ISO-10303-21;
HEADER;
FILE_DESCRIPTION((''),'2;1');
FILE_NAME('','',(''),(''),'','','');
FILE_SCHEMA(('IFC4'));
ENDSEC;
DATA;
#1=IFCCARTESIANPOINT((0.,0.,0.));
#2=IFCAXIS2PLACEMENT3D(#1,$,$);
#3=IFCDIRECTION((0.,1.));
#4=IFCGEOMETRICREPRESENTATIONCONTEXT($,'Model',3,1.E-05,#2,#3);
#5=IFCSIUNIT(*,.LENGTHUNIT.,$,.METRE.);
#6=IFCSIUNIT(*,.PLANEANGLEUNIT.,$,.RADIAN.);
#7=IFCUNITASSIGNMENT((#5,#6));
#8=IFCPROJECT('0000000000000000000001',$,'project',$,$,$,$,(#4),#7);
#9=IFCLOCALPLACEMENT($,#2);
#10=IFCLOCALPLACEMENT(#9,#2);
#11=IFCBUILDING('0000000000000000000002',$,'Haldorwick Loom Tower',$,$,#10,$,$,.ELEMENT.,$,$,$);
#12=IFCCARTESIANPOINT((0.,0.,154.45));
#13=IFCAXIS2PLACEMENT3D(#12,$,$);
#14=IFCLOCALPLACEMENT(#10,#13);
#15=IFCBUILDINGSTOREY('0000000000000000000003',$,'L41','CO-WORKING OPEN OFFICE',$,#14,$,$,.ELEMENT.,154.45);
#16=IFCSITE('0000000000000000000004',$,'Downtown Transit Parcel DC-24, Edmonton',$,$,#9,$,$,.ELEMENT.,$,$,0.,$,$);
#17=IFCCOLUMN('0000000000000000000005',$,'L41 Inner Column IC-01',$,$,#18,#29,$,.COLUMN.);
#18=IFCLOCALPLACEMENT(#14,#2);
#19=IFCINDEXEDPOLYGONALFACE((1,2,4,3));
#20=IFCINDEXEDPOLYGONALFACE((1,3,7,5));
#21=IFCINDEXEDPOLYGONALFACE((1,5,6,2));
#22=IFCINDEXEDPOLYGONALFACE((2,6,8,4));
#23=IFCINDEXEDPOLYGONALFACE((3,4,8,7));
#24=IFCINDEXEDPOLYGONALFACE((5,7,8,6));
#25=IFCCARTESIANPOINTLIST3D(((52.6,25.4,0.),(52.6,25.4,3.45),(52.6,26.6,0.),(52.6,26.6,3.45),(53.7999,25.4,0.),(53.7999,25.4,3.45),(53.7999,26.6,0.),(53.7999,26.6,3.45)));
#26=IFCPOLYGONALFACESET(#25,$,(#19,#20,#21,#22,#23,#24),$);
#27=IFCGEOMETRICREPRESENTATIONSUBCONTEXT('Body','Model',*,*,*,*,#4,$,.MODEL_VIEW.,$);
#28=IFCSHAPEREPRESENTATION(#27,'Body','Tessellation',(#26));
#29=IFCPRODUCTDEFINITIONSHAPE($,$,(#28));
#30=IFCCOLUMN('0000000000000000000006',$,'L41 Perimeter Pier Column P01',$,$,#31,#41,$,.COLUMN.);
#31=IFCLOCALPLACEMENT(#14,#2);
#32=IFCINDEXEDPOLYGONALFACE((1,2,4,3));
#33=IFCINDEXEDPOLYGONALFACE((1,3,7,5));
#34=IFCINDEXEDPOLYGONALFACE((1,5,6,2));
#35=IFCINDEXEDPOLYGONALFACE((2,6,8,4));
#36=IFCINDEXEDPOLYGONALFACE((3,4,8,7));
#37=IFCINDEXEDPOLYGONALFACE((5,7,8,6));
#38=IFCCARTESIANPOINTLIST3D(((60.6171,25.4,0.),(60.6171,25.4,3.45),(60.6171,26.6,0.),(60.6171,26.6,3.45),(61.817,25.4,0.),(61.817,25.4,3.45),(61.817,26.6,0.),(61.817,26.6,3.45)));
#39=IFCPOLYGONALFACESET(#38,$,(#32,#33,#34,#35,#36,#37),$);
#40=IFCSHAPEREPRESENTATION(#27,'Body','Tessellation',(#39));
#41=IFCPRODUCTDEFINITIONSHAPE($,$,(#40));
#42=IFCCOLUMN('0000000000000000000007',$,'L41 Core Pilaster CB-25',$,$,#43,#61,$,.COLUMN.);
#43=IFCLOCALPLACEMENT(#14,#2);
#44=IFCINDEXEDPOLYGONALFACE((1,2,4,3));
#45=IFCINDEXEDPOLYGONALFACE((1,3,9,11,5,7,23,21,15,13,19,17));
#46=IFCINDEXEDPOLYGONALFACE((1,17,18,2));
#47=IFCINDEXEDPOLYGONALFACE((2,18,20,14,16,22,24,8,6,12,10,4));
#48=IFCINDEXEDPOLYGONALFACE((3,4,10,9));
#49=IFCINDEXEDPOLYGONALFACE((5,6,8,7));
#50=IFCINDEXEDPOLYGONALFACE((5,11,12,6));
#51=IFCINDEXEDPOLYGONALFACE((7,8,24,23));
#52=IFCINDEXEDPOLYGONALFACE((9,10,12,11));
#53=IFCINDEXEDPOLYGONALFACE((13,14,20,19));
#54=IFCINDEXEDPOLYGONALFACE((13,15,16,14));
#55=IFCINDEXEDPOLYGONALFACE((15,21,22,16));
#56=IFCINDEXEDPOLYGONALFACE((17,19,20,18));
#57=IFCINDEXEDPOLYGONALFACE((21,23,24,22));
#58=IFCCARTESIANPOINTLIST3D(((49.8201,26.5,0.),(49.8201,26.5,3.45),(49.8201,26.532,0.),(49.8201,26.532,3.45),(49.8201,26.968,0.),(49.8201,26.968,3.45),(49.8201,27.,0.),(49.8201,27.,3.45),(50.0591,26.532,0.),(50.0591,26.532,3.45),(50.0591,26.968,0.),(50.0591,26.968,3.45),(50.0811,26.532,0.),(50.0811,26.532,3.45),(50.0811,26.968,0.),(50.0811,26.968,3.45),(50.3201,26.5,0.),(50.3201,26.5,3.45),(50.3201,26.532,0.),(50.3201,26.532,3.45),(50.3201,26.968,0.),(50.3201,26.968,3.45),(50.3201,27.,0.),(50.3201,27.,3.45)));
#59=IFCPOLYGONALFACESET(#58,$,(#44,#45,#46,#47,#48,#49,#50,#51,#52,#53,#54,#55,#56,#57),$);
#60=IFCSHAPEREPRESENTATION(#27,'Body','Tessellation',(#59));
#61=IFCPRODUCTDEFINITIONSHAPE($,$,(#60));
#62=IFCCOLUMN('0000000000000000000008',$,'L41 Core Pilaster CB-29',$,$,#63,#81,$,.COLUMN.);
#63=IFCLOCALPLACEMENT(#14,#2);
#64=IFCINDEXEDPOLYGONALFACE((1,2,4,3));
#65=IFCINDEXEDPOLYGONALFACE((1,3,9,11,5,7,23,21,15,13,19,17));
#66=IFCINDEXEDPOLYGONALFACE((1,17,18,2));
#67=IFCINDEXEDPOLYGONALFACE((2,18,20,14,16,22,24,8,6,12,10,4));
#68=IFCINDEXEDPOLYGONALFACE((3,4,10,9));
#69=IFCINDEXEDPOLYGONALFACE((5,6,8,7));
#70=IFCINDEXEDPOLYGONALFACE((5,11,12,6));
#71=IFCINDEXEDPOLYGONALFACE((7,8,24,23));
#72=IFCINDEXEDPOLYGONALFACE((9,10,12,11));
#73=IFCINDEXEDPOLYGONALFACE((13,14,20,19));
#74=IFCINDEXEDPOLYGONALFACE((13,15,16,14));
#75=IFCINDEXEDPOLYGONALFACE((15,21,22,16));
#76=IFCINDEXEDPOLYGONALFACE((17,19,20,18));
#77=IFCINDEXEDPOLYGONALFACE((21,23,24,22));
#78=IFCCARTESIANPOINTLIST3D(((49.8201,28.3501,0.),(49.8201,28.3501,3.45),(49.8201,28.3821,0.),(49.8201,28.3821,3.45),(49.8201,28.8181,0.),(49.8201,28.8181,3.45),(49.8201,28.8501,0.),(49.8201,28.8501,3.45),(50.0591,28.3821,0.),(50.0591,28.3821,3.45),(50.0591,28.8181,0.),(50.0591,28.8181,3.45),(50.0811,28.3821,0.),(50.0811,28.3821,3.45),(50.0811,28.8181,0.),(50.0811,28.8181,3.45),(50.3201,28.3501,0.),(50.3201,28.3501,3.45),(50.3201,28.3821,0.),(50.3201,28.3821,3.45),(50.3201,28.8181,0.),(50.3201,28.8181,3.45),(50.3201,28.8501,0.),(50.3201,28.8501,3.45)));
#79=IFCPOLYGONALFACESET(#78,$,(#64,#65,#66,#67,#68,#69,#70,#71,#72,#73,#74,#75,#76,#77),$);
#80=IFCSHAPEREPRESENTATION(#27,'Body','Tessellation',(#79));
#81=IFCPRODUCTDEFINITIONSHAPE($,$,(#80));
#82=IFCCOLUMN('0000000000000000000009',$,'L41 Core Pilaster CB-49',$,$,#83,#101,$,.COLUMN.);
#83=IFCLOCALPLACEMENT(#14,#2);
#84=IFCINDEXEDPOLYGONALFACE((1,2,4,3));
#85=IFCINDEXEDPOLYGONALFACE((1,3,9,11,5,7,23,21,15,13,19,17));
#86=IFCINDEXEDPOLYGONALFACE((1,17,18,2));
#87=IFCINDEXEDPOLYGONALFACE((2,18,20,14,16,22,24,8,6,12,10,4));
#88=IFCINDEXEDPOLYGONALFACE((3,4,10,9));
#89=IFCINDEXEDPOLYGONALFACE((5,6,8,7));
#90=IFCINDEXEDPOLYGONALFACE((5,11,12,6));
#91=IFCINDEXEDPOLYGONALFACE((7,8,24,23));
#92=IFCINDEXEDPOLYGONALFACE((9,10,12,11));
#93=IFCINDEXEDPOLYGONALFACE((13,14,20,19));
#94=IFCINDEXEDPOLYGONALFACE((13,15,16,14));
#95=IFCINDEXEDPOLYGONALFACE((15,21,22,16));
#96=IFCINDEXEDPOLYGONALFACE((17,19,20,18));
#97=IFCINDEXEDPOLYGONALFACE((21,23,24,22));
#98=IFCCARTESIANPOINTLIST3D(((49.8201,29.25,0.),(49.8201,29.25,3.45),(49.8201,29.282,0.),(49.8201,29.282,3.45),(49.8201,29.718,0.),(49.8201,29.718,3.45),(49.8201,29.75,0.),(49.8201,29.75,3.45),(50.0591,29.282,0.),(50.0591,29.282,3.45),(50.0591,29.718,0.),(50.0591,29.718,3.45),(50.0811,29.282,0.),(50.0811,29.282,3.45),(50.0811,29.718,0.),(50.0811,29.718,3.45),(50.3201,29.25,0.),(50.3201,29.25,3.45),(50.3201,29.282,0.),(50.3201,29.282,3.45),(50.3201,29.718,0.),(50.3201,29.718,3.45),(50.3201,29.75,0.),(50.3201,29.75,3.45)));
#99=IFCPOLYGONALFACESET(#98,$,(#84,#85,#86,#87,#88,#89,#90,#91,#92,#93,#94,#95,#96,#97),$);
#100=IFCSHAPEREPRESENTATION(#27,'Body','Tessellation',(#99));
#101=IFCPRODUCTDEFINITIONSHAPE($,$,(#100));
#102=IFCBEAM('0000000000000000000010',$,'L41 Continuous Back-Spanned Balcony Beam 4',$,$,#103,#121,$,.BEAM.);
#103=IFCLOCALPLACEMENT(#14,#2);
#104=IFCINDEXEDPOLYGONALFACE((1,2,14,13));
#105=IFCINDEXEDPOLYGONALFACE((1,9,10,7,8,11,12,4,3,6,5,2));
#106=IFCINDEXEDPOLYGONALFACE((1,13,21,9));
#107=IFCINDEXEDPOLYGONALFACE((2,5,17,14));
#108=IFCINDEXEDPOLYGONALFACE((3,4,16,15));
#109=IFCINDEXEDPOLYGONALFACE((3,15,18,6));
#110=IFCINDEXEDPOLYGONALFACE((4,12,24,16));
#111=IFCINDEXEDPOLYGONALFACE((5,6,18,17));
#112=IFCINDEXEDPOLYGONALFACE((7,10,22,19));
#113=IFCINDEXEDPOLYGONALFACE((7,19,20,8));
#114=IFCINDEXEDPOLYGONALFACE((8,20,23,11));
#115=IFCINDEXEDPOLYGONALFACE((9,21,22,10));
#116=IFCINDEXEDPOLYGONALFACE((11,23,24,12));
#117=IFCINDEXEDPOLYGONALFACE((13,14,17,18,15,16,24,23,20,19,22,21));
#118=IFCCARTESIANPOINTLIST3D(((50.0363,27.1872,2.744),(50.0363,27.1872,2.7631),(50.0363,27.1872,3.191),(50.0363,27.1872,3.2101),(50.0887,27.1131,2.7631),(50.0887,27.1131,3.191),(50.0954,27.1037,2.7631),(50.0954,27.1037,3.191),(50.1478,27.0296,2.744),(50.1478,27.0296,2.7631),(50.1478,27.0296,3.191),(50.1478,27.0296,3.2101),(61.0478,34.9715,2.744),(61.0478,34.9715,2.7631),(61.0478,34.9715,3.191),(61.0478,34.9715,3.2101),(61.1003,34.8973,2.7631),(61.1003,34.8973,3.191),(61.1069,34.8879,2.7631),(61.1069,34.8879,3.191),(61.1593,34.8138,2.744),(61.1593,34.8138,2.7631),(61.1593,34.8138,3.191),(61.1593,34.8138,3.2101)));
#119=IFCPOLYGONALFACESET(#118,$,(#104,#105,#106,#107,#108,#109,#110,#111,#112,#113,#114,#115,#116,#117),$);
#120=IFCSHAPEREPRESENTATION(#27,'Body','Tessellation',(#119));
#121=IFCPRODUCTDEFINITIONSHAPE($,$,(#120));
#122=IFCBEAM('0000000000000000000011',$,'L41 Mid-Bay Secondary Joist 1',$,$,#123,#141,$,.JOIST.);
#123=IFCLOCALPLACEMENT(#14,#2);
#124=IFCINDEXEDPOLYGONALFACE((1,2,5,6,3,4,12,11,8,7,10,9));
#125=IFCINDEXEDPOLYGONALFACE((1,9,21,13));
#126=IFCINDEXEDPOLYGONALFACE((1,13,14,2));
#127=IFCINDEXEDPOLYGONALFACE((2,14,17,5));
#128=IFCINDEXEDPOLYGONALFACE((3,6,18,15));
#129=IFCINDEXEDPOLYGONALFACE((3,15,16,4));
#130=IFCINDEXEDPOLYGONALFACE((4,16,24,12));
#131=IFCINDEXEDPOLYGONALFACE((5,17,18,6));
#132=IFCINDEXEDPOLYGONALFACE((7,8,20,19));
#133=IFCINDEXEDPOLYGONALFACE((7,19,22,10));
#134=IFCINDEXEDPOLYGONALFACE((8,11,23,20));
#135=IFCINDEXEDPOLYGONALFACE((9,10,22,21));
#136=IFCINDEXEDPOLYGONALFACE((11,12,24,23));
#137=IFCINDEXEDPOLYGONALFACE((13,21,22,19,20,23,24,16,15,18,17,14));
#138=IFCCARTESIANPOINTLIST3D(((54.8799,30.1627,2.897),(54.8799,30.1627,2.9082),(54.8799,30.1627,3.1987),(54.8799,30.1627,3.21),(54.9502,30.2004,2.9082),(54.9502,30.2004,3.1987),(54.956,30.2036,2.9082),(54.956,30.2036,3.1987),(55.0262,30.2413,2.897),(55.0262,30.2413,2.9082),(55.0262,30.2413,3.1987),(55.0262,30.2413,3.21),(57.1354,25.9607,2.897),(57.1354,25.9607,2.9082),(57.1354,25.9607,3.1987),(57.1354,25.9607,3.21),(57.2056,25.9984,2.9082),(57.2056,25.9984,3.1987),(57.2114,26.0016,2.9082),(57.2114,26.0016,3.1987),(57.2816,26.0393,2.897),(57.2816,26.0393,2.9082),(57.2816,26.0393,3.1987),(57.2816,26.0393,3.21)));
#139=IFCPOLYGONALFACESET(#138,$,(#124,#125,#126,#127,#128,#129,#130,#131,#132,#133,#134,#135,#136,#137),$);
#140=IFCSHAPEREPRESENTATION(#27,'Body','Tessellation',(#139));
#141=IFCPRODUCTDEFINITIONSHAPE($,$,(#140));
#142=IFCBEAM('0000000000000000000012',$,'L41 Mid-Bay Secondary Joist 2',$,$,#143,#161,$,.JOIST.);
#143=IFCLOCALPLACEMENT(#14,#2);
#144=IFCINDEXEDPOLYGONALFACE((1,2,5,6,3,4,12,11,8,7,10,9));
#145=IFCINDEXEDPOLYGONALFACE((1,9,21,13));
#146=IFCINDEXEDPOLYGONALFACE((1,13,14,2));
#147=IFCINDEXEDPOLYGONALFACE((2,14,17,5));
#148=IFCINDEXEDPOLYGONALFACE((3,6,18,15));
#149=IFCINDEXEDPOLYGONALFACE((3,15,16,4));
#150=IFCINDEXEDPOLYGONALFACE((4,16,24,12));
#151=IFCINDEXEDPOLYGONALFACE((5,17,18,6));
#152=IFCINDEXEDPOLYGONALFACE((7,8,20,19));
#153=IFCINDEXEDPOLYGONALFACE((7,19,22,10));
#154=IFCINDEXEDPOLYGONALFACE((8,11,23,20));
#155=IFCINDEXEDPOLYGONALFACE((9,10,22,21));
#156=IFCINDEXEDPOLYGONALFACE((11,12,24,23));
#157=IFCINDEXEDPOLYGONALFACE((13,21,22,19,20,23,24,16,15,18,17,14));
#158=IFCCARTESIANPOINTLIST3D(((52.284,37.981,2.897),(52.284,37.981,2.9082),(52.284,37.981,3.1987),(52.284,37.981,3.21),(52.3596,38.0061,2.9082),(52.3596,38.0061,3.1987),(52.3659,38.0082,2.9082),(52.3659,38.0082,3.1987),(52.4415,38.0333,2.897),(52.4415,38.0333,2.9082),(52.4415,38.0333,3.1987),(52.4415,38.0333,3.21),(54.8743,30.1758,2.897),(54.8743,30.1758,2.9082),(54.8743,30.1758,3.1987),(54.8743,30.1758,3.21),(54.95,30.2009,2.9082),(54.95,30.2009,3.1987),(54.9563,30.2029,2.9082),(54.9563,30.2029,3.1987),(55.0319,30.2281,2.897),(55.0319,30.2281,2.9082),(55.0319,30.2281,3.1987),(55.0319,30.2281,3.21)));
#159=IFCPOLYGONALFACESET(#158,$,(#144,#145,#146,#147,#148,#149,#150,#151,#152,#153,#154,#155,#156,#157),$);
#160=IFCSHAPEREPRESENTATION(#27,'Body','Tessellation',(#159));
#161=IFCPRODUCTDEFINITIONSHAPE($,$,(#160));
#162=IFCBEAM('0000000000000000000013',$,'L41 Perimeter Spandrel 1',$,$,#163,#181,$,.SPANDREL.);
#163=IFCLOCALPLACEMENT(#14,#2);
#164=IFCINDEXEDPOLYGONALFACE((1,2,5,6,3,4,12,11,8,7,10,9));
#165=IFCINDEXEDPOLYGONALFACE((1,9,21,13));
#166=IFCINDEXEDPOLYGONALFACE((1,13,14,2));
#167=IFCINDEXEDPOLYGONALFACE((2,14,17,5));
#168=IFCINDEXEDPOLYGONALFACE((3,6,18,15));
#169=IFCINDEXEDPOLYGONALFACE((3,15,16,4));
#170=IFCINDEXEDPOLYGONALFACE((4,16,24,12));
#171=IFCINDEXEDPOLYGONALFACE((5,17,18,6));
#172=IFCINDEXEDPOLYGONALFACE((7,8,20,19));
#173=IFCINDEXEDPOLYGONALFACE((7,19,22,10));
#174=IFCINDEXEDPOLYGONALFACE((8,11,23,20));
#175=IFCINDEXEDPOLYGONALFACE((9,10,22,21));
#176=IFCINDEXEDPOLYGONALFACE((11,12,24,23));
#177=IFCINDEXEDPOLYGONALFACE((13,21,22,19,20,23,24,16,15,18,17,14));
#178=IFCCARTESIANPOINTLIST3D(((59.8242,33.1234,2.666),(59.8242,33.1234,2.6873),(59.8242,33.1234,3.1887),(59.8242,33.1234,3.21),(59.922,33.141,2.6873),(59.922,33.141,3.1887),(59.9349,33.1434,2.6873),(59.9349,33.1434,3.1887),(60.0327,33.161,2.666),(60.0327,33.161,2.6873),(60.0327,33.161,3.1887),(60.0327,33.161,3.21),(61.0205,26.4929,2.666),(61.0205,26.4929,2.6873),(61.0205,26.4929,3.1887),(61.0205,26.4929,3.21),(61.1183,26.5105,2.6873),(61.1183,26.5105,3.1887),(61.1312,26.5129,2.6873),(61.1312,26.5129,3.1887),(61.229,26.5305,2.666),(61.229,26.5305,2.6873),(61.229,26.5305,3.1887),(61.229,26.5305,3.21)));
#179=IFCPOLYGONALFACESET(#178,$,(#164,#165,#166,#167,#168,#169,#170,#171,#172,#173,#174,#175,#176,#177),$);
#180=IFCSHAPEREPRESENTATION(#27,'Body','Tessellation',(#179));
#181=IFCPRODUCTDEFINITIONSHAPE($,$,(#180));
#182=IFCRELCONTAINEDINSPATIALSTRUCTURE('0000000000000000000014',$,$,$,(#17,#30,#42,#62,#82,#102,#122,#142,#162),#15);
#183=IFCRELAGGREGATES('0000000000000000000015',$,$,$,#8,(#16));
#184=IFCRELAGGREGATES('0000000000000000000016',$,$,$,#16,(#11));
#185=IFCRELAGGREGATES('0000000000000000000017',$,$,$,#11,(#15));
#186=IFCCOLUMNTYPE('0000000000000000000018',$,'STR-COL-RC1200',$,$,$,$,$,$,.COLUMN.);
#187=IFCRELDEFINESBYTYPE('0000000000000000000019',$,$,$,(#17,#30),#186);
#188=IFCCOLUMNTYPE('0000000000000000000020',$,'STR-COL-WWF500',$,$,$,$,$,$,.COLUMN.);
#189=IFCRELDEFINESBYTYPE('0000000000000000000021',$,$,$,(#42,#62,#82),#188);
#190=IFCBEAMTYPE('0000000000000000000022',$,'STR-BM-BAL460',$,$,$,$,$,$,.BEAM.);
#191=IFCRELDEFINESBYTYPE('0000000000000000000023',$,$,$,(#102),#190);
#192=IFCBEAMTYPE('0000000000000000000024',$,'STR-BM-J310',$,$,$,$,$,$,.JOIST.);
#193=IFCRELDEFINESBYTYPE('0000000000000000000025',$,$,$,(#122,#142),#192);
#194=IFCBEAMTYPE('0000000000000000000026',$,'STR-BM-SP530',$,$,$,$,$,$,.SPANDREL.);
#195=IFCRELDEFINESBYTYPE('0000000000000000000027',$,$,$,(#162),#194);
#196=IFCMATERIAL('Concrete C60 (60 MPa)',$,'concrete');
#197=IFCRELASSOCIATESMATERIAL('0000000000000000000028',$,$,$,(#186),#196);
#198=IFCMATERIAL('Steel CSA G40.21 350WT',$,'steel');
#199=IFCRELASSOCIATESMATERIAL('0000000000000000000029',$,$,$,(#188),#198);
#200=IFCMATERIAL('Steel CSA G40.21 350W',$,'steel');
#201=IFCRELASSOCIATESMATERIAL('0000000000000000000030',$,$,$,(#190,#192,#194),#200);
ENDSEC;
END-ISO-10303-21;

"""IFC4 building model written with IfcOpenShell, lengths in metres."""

from ifc_helpers import new_model, si_unit, direction, frame, origin, origin_2d, place, context, subcontext, project, spatial, rectangle, i_section, extrude, material, material_profile, profile_set, type_object, element, save


model = new_model("IFC4")

# Units and contexts
model_context = context("Model", 3, precision=1e-05, world=origin(), true_north=direction((0.0, 1.0)))
body_context = subcontext(model_context, "Body", "Model", "MODEL_VIEW")
ifc_project = project(units=[si_unit("LENGTHUNIT", "METRE"), si_unit("PLANEANGLEUNIT", "RADIAN")], contexts=[model_context])

# Site, building, storey
site_placement = place(None, origin())
site = spatial("IfcSite", under=ifc_project, at=site_placement, Name="Downtown Transit Parcel DC-24, Edmonton", CompositionType="ELEMENT", RefElevation=0.0)
building_placement = place(site_placement, origin())
building = spatial("IfcBuilding", under=site, at=building_placement, Name="Haldorwick Loom Tower", CompositionType="ELEMENT")
storey_placement = place(building_placement, frame((0.0, 0.0, 154.45)))
storey = spatial("IfcBuildingStorey", under=building, at=storey_placement, Name="L41", Description="CO-WORKING OPEN OFFICE", CompositionType="ELEMENT", Elevation=154.45)

# Columns
ifc_material_1 = material(Name="Concrete C60 (60 MPa)", Category="concrete")
ifc_material_profile_1 = material_profile(ifc_material_1, rectangle(XDim=1.2, YDim=1.2, at=origin_2d()), Name="RC1200X1200", Category="concrete")
ifc_profile_set_1 = profile_set([ifc_material_profile_1], Name="Concrete C60 (60 MPa)")
column_type_1 = type_object("IfcColumnType", Name="STR-COL-RC1200", PredefinedType="COLUMN", material=ifc_profile_set_1)
for number, where, z_axis, x_axis, name in (
    (1, (53.2, 26.0, 0.0), (0.0, 0.0, 1.0), (1.0, 0.0, 0.0), "L41 Inner Column IC-01"),
    (2, (61.217, 26.0, 0.0), (0.0, 0.0, 1.0), (1.0, 0.0, 0.0), "L41 Perimeter Pier Column P01"),
):
    element("IfcColumn", number, at=place(storey_placement, frame(where, z_axis=z_axis, x_axis=x_axis)), inside=storey, type_object=column_type_1, Name=name, PredefinedType="COLUMN", context=body_context, shape_type="SweptSolid", body=[
        extrude(rectangle(XDim=1.2, YDim=1.2, at=origin_2d()), origin(), (0.0, 0.0, 1.0), 3.45),
    ])
ifc_material_2 = material(Name="Steel CSA G40.21 350WT", Category="steel")
ifc_material_profile_2 = material_profile(ifc_material_2, i_section(OverallWidth=0.5, OverallDepth=0.5, WebThickness=0.022, FlangeThickness=0.032, at=origin_2d()), Name="WWF500X500", Category="steel")
ifc_profile_set_2 = profile_set([ifc_material_profile_2], Name="Steel CSA G40.21 350WT")
column_type_2 = type_object("IfcColumnType", Name="STR-COL-WWF500", PredefinedType="COLUMN", material=ifc_profile_set_2)
for number, where, z_axis, x_axis, name in (
    (3, (50.0701, 26.75, 0.0), (0.0, 0.0, 1.0), (1.0, 0.0, 0.0), "L41 Core Pilaster CB-25"),
    (4, (50.0701, 28.6001, 0.0), (0.0, 0.0, 1.0), (1.0, 0.0, 0.0), "L41 Core Pilaster CB-29"),
    (5, (50.0701, 29.5, 0.0), (0.0, 0.0, 1.0), (1.0, 0.0, 0.0), "L41 Core Pilaster CB-49"),
):
    element("IfcColumn", number, at=place(storey_placement, frame(where, z_axis=z_axis, x_axis=x_axis)), inside=storey, type_object=column_type_2, Name=name, PredefinedType="COLUMN", context=body_context, shape_type="SweptSolid", body=[
        extrude(i_section(OverallWidth=0.5, OverallDepth=0.5, WebThickness=0.022, FlangeThickness=0.032, at=origin_2d()), origin(), (0.0, 0.0, 1.0), 3.45),
    ])

# Beams
ifc_material_3 = material(Name="Steel CSA G40.21 350W", Category="steel")
ifc_material_profile_3 = material_profile(ifc_material_3, i_section(OverallWidth=0.1931, OverallDepth=0.4661, WebThickness=0.0115, FlangeThickness=0.019, at=origin_2d()), Name="W460X97", Category="steel")
ifc_profile_set_3 = profile_set([ifc_material_profile_3], Name="Steel CSA G40.21 350W")
beam_type_1 = type_object("IfcBeamType", Name="STR-BM-BAL460", PredefinedType="BEAM", material=ifc_profile_set_3)
beam_1_placement = place(storey_placement, frame((50.092, 27.1084, 2.9771), z_axis=(0.81657, 0.577246, 0.0), x_axis=(-0.577246, 0.81657, 0.0)))
element("IfcBeam", 6, at=beam_1_placement, inside=storey, type_object=beam_type_1, Name="L41 Continuous Back-Spanned Balcony Beam 4", PredefinedType="BEAM", context=body_context, shape_type="SweptSolid", body=[
    extrude(i_section(OverallWidth=0.1931, OverallDepth=0.4661, WebThickness=0.0115, FlangeThickness=0.019, at=origin_2d()), origin(), (0.0, 0.0, 1.0), 13.4851),
])
ifc_material_profile_4 = material_profile(ifc_material_3, i_section(OverallWidth=0.166, OverallDepth=0.313, WebThickness=0.0066, FlangeThickness=0.0112, at=origin_2d()), Name="W310X45", Category="steel")
ifc_profile_set_4 = profile_set([ifc_material_profile_4], Name="Steel CSA G40.21 350W")
beam_type_2 = type_object("IfcBeamType", Name="STR-BM-J310", PredefinedType="JOIST", material=ifc_profile_set_4)
beam_2_placement = place(storey_placement, frame((57.2085, 26.0, 3.0535), z_axis=(-0.47293, 0.8811, 0.0), x_axis=(-0.8811, -0.47293, 0.0)))
element("IfcBeam", 7, at=beam_2_placement, inside=storey, type_object=beam_type_2, Name="L41 Mid-Bay Secondary Joist 1", PredefinedType="JOIST", context=body_context, shape_type="SweptSolid", body=[
    extrude(i_section(OverallWidth=0.166, OverallDepth=0.313, WebThickness=0.0066, FlangeThickness=0.0112, at=origin_2d()), origin(), (0.0, 0.0, 1.0), 4.769),
])
beam_3_placement = place(storey_placement, frame((54.9531, 30.2019, 3.0535), z_axis=(-0.314981, 0.949098, 0.0), x_axis=(-0.949098, -0.314981, 0.0)))
element("IfcBeam", 8, at=beam_3_placement, inside=storey, type_object=beam_type_2, Name="L41 Mid-Bay Secondary Joist 2", PredefinedType="JOIST", context=body_context, shape_type="SweptSolid", body=[
    extrude(i_section(OverallWidth=0.166, OverallDepth=0.313, WebThickness=0.0066, FlangeThickness=0.0112, at=origin_2d()), origin(), (0.0, 0.0, 1.0), 8.2239),
])
ifc_material_profile_5 = material_profile(ifc_material_3, i_section(OverallWidth=0.2119, OverallDepth=0.5439, WebThickness=0.0132, FlangeThickness=0.0212, at=origin_2d()), Name="W530X123", Category="steel")
ifc_profile_set_5 = profile_set([ifc_material_profile_5], Name="Steel CSA G40.21 350W")
beam_type_3 = type_object("IfcBeamType", Name="STR-BM-SP530", PredefinedType="SPANDREL", material=ifc_profile_set_5)
beam_4_placement = place(storey_placement, frame((61.1248, 26.5117, 2.938), z_axis=(-0.177559, 0.98411, 0.0), x_axis=(-0.98411, -0.177559, 0.0)))
element("IfcBeam", 9, at=beam_4_placement, inside=storey, type_object=beam_type_3, Name="L41 Perimeter Spandrel 1", PredefinedType="SPANDREL", context=body_context, shape_type="SweptSolid", body=[
    extrude(i_section(OverallWidth=0.2119, OverallDepth=0.5439, WebThickness=0.0132, FlangeThickness=0.0212, at=origin_2d()), origin(), (0.0, 0.0, 1.0), 6.7375),
])

save(model, "model.ifc")
